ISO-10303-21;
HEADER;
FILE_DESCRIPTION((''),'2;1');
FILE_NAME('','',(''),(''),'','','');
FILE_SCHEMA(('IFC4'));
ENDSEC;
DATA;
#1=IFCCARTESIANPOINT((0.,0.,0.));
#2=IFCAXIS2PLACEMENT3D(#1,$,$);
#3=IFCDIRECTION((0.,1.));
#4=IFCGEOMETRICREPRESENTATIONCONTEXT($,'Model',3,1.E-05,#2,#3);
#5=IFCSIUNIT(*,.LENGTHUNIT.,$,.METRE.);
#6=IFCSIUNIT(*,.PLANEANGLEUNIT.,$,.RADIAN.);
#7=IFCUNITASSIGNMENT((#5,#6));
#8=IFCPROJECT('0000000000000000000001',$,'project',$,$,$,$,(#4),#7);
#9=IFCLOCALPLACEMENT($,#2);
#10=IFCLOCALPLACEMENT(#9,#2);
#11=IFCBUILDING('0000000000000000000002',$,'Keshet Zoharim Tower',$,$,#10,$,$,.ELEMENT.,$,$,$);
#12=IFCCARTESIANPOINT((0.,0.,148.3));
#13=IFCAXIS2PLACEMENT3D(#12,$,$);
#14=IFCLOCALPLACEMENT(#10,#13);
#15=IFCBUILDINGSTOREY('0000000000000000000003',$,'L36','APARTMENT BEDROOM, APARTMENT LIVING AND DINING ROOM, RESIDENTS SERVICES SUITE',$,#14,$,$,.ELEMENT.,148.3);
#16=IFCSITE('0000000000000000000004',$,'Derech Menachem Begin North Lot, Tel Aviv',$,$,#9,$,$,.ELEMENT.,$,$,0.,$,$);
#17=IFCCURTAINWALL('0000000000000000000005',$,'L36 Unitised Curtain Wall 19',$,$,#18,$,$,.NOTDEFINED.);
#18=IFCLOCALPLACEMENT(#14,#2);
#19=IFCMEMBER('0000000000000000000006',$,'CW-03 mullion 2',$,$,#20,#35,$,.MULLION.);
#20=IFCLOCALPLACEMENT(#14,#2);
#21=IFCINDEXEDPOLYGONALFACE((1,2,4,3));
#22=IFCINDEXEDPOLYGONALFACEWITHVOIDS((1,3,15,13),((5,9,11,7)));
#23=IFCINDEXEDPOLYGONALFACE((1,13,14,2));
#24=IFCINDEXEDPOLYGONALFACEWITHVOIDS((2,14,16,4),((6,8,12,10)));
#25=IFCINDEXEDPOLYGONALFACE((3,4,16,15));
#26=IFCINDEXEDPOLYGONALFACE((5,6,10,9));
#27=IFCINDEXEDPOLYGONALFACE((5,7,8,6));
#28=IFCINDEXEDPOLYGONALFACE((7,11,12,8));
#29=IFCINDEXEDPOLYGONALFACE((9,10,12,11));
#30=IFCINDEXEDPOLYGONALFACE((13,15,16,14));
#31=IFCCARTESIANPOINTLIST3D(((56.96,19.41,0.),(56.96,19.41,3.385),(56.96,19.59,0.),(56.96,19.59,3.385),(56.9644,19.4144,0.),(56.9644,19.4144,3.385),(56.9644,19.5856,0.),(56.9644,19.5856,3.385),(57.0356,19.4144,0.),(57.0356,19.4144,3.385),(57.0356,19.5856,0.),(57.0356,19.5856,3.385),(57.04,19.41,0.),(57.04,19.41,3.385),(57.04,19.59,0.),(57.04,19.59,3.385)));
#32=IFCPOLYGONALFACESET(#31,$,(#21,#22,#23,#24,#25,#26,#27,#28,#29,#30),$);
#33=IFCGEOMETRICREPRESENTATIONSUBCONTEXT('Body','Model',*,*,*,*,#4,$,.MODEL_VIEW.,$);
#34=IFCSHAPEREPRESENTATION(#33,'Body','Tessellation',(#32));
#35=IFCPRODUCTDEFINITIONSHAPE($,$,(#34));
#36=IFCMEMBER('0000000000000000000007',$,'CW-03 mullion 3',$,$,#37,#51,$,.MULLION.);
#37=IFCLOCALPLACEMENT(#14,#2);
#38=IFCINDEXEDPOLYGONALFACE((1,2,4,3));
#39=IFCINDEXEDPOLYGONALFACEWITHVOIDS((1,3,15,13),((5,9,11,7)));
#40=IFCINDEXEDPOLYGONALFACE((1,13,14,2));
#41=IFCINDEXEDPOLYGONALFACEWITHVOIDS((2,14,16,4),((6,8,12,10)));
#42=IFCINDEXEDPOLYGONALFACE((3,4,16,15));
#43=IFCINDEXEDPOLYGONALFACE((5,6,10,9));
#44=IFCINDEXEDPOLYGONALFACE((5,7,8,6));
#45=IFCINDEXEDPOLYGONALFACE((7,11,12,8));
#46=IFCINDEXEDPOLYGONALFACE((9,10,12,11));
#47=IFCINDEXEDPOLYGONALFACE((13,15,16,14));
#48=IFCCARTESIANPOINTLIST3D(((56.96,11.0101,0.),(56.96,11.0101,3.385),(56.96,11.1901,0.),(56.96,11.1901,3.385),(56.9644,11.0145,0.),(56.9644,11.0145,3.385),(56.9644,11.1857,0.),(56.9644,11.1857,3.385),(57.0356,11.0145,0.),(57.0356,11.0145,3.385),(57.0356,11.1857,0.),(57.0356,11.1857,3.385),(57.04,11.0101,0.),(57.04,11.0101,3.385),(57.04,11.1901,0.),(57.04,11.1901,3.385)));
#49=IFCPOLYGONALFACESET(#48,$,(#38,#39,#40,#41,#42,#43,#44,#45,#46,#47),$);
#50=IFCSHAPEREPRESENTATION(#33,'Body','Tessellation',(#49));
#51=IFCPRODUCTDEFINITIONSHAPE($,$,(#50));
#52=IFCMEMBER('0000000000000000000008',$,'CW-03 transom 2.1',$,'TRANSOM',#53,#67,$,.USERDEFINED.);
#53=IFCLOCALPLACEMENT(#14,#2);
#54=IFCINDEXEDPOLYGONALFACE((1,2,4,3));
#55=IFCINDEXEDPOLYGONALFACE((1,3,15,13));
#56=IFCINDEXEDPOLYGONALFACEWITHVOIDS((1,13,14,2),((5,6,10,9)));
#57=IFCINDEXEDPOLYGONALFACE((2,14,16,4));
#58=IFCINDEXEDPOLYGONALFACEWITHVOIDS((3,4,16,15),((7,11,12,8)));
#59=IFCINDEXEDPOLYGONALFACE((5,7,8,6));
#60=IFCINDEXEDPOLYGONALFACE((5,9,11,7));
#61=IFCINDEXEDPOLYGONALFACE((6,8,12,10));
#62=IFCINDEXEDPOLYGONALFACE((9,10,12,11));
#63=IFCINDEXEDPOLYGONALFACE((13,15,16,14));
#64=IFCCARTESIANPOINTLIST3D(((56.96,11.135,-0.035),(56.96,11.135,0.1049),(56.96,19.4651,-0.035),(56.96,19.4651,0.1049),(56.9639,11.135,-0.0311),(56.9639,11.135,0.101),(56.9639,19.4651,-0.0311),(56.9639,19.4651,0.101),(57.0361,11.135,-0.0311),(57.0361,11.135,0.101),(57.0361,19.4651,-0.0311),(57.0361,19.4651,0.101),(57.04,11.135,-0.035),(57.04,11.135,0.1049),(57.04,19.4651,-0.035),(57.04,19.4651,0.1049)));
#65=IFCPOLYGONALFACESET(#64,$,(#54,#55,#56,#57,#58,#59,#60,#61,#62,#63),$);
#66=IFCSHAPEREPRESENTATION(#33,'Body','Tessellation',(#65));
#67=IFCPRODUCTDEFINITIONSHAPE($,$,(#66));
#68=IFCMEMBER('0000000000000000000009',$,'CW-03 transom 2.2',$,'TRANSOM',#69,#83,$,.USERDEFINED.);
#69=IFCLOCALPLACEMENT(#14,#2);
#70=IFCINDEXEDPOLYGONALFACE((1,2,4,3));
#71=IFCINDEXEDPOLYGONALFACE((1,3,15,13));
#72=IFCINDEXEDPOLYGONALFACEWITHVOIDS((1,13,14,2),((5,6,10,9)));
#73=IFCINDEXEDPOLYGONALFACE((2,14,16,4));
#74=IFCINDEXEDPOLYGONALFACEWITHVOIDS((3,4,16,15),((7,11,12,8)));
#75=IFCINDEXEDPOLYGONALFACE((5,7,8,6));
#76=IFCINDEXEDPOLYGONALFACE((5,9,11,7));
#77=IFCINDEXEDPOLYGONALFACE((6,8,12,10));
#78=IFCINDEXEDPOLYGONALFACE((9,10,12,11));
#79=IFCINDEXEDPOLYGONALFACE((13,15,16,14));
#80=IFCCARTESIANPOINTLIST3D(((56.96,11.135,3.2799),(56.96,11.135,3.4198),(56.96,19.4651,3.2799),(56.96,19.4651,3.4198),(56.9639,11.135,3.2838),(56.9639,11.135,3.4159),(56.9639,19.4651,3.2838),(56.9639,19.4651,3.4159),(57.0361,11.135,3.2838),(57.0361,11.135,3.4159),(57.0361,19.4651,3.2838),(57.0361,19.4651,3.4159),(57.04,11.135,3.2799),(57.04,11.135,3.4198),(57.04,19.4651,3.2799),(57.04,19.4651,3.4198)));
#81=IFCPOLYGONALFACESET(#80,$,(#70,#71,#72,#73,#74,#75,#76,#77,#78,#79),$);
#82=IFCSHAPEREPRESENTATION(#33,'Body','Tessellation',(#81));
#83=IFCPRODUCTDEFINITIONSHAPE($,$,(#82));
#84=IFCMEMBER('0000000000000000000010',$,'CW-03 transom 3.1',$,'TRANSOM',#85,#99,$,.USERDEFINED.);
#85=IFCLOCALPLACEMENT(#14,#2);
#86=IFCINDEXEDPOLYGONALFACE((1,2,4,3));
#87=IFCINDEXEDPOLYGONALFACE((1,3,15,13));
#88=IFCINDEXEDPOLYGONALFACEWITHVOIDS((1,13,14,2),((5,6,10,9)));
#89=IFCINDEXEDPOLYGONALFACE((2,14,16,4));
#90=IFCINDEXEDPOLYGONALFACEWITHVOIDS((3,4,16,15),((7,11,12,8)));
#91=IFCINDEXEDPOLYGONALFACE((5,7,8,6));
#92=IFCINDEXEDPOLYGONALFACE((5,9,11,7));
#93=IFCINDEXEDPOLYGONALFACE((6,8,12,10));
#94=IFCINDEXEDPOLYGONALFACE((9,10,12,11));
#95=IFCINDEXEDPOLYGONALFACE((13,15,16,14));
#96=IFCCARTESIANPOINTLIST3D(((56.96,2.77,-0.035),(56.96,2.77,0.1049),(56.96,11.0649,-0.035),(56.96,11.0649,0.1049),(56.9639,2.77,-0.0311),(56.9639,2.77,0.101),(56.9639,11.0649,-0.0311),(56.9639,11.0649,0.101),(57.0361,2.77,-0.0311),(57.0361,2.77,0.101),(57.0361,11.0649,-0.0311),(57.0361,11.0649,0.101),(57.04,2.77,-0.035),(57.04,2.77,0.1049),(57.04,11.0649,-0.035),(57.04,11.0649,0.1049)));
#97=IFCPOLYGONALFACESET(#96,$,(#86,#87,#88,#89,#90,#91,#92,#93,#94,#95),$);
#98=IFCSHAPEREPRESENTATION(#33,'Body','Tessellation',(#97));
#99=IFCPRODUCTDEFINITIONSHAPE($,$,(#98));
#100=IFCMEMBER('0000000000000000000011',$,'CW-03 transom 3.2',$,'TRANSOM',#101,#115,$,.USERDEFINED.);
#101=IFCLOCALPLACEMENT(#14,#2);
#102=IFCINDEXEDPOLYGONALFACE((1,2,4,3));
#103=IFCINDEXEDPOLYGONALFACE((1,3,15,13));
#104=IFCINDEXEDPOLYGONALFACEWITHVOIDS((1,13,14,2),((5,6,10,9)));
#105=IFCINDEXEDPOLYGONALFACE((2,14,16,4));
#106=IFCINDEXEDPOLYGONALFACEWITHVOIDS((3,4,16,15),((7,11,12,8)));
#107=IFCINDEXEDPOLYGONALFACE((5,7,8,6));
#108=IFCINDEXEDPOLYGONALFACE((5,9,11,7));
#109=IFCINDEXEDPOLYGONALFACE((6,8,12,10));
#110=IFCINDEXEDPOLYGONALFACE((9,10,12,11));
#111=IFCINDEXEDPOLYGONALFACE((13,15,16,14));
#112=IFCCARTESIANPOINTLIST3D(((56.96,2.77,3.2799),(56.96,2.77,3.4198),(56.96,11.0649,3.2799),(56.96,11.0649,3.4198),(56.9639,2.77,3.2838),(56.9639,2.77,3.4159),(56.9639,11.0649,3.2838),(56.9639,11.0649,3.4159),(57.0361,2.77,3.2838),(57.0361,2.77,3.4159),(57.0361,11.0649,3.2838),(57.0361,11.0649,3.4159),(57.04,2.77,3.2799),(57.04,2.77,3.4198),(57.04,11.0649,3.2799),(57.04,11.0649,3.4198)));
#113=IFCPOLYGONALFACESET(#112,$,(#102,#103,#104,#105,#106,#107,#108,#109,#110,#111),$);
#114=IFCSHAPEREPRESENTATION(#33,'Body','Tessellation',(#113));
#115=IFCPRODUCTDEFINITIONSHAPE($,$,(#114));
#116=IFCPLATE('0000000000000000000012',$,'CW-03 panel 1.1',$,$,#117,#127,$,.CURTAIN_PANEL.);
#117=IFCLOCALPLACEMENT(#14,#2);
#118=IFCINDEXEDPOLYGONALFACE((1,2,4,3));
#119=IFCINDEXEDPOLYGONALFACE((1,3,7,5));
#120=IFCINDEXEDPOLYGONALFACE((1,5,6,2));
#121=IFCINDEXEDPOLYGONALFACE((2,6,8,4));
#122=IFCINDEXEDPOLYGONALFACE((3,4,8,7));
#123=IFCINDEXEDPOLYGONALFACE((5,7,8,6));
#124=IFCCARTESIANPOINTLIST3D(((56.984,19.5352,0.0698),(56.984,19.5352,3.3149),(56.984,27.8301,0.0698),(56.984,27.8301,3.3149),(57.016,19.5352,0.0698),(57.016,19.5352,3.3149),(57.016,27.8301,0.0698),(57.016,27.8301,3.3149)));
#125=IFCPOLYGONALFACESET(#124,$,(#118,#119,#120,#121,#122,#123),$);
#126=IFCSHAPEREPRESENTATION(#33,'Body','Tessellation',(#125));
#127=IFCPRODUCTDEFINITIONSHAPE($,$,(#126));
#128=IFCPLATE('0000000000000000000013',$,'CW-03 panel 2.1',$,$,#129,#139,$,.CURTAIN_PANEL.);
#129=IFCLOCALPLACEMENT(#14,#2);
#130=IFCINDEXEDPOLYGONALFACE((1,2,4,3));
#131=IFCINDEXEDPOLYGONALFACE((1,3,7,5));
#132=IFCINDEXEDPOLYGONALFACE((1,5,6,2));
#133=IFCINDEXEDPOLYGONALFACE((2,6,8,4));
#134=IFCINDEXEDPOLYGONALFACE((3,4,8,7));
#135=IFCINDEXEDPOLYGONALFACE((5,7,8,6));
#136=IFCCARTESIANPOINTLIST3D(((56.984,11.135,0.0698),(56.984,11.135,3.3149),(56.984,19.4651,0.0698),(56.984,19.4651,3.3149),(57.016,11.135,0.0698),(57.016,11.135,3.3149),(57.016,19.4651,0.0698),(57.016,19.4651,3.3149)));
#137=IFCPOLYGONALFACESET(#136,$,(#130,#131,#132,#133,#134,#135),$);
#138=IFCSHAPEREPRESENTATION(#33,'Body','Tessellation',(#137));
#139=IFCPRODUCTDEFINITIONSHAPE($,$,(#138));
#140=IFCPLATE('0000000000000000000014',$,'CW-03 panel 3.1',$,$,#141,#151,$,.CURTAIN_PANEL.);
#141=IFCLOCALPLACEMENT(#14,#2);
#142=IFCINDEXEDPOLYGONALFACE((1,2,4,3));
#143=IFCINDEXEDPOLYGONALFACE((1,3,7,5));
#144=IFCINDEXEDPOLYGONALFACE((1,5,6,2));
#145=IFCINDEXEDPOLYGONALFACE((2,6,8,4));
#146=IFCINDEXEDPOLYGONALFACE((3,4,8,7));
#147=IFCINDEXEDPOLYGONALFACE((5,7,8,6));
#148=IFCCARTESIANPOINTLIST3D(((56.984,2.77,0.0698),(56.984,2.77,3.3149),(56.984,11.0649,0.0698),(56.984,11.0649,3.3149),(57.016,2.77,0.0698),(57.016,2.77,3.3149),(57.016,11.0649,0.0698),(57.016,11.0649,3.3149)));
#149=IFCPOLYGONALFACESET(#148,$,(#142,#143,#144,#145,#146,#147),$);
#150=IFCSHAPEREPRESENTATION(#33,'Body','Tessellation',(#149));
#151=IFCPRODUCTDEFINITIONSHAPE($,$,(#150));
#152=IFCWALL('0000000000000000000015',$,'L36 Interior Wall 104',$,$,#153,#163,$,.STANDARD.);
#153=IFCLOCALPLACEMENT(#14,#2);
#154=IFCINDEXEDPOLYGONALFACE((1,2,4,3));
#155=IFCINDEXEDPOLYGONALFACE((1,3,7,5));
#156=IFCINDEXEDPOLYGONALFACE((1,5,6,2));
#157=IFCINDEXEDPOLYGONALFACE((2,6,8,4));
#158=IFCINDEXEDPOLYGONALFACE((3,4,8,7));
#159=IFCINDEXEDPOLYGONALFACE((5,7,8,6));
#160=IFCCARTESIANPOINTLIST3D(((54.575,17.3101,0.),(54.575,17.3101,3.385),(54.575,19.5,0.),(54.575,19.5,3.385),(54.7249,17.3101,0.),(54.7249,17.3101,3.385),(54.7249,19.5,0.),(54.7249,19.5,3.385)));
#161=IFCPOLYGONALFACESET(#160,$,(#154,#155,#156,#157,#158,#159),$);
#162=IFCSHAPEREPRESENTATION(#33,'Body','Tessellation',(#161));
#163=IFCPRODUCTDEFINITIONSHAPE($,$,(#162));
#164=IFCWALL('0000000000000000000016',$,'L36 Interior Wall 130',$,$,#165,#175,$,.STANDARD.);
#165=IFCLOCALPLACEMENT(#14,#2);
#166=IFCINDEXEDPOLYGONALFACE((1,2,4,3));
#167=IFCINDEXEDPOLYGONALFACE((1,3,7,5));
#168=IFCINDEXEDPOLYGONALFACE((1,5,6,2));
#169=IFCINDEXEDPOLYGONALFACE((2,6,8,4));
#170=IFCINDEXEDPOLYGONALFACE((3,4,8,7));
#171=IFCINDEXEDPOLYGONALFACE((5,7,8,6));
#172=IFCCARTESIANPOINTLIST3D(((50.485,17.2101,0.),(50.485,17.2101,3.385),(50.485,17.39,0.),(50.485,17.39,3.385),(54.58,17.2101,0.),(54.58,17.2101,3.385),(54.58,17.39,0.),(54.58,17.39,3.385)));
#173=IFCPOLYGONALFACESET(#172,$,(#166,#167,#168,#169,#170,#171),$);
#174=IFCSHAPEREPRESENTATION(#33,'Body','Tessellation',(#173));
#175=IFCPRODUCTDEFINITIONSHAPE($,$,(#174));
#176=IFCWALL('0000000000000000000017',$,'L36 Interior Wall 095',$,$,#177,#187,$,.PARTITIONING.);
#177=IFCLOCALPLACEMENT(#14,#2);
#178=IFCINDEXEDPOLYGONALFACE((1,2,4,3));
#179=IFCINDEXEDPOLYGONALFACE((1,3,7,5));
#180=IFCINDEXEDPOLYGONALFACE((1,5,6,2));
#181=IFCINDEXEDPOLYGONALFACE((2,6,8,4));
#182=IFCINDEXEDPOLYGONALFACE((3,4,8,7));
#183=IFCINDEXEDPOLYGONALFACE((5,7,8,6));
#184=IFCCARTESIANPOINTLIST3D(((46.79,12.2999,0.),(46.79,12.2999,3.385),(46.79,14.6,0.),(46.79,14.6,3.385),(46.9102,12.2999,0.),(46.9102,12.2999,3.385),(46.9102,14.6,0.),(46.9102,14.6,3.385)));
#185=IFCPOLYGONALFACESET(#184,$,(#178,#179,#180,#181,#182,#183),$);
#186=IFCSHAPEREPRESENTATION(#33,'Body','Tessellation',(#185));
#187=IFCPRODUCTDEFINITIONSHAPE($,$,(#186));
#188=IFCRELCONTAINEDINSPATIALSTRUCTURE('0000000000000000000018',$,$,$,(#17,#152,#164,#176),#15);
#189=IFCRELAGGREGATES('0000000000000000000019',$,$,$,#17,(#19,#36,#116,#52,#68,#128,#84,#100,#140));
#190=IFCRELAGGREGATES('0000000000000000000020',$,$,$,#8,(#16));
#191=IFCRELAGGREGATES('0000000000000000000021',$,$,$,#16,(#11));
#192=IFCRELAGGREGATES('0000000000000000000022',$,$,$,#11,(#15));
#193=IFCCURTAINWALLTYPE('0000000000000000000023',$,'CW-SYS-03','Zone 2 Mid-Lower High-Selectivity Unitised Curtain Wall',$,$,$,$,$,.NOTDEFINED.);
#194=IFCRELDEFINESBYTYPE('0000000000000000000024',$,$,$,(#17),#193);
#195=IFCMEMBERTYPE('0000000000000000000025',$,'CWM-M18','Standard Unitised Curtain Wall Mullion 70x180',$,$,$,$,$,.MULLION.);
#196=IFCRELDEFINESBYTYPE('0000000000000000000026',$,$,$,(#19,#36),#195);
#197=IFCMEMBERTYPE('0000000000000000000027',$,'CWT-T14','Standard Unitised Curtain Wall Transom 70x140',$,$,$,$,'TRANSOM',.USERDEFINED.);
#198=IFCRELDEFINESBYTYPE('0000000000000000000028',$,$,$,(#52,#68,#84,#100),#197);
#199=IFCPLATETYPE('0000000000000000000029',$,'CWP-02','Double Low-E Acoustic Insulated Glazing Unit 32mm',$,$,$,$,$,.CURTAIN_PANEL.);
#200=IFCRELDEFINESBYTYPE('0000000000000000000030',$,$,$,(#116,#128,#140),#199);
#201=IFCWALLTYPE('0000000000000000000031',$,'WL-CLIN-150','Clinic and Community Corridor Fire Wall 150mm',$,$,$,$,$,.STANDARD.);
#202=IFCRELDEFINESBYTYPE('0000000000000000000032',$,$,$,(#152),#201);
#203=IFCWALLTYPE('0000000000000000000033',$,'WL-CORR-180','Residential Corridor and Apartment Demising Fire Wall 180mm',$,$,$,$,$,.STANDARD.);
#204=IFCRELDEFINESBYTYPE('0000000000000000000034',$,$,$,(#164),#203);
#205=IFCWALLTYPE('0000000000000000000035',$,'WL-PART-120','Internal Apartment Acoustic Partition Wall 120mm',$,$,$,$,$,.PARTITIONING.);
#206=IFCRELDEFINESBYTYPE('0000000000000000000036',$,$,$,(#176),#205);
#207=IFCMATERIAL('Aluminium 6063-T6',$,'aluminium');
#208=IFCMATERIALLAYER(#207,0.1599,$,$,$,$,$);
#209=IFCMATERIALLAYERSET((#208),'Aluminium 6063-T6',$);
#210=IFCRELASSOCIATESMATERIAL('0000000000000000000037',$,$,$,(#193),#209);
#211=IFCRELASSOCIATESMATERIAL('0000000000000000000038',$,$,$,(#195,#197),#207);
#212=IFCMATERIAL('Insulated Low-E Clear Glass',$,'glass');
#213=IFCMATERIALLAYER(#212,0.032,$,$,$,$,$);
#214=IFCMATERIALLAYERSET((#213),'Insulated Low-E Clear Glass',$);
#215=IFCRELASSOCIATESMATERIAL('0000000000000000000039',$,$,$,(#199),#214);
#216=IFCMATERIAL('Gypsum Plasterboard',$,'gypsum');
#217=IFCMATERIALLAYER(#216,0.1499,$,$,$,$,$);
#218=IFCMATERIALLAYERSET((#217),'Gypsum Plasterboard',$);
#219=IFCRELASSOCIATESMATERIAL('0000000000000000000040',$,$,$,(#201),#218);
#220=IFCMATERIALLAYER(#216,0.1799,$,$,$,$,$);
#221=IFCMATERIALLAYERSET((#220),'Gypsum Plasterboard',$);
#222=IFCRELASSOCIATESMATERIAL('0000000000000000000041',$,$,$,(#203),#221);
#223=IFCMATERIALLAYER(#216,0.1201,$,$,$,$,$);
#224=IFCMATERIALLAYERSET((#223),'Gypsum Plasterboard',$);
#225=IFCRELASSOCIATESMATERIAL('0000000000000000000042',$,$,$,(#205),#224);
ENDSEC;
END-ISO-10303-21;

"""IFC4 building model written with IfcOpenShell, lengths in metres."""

from ifc_helpers import new_model, si_unit, direction, frame, frame_2d, origin, origin_2d, place, context, subcontext, project, spatial, rectangle, hollow_rectangle, extrude, material, layer, layer_set, material_profile, profile_set, type_object, element, aggregate, save


model = new_model("IFC4")

# Units and contexts
model_context = context("Model", 3, precision=1e-05, world=origin(), true_north=direction((0.0, 1.0)))
body_context = subcontext(model_context, "Body", "Model", "MODEL_VIEW")
ifc_project = project(units=[si_unit("LENGTHUNIT", "METRE"), si_unit("PLANEANGLEUNIT", "RADIAN")], contexts=[model_context])

# Site, building, storey
site_placement = place(None, origin())
site = spatial("IfcSite", under=ifc_project, at=site_placement, Name="Derech Menachem Begin North Lot, Tel Aviv", CompositionType="ELEMENT", RefElevation=0.0)
building_placement = place(site_placement, origin())
building = spatial("IfcBuilding", under=site, at=building_placement, Name="Keshet Zoharim Tower", CompositionType="ELEMENT")
storey_placement = place(building_placement, frame((0.0, 0.0, 148.3)))
storey = spatial("IfcBuildingStorey", under=building, at=storey_placement, Name="L36", Description="APARTMENT BEDROOM, APARTMENT LIVING AND DINING ROOM, RESIDENTS SERVICES SUITE", CompositionType="ELEMENT", Elevation=148.3)

# Curtain wall, members, plates
ifc_material_1 = material(Name="Aluminium 6063-T6", Category="aluminium")
ifc_layer_1 = layer(ifc_material_1, 0.1599)
ifc_layer_set_1 = layer_set([ifc_layer_1], Name="Aluminium 6063-T6")
curtain_wall_type = type_object("IfcCurtainWallType", Name="CW-SYS-03", Description="Zone 2 Mid-Lower High-Selectivity Unitised Curtain Wall", PredefinedType="NOTDEFINED", material=ifc_layer_set_1)
curtain_wall_placement = place(storey_placement, origin())
curtain_wall = element("IfcCurtainWall", 1, at=curtain_wall_placement, inside=storey, type_object=curtain_wall_type, Name="L36 Unitised Curtain Wall 19", PredefinedType="NOTDEFINED")
ifc_material_profile_1 = material_profile(ifc_material_1, hollow_rectangle(XDim=0.0801, YDim=0.1799, WallThickness=0.0044, at=origin_2d()), Name="MUL-80x180")
ifc_profile_set_1 = profile_set([ifc_material_profile_1], Name="Aluminium 6063-T6")
member_type_1 = type_object("IfcMemberType", Name="CWM-M18", Description="Standard Unitised Curtain Wall Mullion 70x180", PredefinedType="MULLION", material=ifc_profile_set_1)
member_1_placement = place(storey_placement, frame((57.0, 19.5, 0.0), z_axis=(0.0, 0.0, 1.0), x_axis=(1.0, 0.0, 0.0)))
member_1 = element("IfcMember", 2, at=member_1_placement, type_object=member_type_1, Name="CW-03 mullion 2", PredefinedType="MULLION", context=body_context, shape_type="SweptSolid", body=[
    extrude(hollow_rectangle(XDim=0.0801, YDim=0.1799, WallThickness=0.0044, at=origin_2d()), origin(), (0.0, 0.0, 1.0), 3.385),
])
member_2_placement = place(storey_placement, frame((57.0, 11.1001, 0.0), z_axis=(0.0, 0.0, 1.0), x_axis=(1.0, 0.0, 0.0)))
member_2 = element("IfcMember", 3, at=member_2_placement, type_object=member_type_1, Name="CW-03 mullion 3", PredefinedType="MULLION", context=body_context, shape_type="SweptSolid", body=[
    extrude(hollow_rectangle(XDim=0.0801, YDim=0.1799, WallThickness=0.0044, at=origin_2d()), origin(), (0.0, 0.0, 1.0), 3.385),
])
ifc_material_profile_2 = material_profile(ifc_material_1, hollow_rectangle(XDim=0.0801, YDim=0.1399, WallThickness=0.0039, at=origin_2d()), Name="TRN-80x140")
ifc_profile_set_2 = profile_set([ifc_material_profile_2], Name="Aluminium 6063-T6")
member_type_2 = type_object("IfcMemberType", Name="CWT-T14", Description="Standard Unitised Curtain Wall Transom 70x140", ElementType="TRANSOM", PredefinedType="USERDEFINED", material=ifc_profile_set_2)
member_3_placement = place(storey_placement, frame((57.0, 19.4651, 0.0349), z_axis=(0.0, -1.0, 0.0), x_axis=(1.0, 0.0, 0.0)))
member_3 = element("IfcMember", 4, at=member_3_placement, type_object=member_type_2, Name="CW-03 transom 2.1", ObjectType="TRANSOM", PredefinedType="USERDEFINED", context=body_context, shape_type="SweptSolid", body=[
    extrude(hollow_rectangle(XDim=0.0801, YDim=0.1399, WallThickness=0.0039, at=origin_2d()), origin(), (0.0, 0.0, 1.0), 8.3301),
])
member_4_placement = place(storey_placement, frame((57.0, 19.4651, 3.3499), z_axis=(0.0, -1.0, 0.0), x_axis=(1.0, 0.0, 0.0)))
member_4 = element("IfcMember", 5, at=member_4_placement, type_object=member_type_2, Name="CW-03 transom 2.2", ObjectType="TRANSOM", PredefinedType="USERDEFINED", context=body_context, shape_type="SweptSolid", body=[
    extrude(hollow_rectangle(XDim=0.0801, YDim=0.1399, WallThickness=0.0039, at=origin_2d()), origin(), (0.0, 0.0, 1.0), 8.3301),
])
member_5_placement = place(storey_placement, frame((57.0, 11.0649, 0.0349), z_axis=(0.0, -1.0, 0.0), x_axis=(1.0, 0.0, 0.0)))
member_5 = element("IfcMember", 6, at=member_5_placement, type_object=member_type_2, Name="CW-03 transom 3.1", ObjectType="TRANSOM", PredefinedType="USERDEFINED", context=body_context, shape_type="SweptSolid", body=[
    extrude(hollow_rectangle(XDim=0.0801, YDim=0.1399, WallThickness=0.0039, at=origin_2d()), origin(), (0.0, 0.0, 1.0), 8.2949),
])
member_6_placement = place(storey_placement, frame((57.0, 11.0649, 3.3499), z_axis=(0.0, -1.0, 0.0), x_axis=(1.0, 0.0, 0.0)))
member_6 = element("IfcMember", 7, at=member_6_placement, type_object=member_type_2, Name="CW-03 transom 3.2", ObjectType="TRANSOM", PredefinedType="USERDEFINED", context=body_context, shape_type="SweptSolid", body=[
    extrude(hollow_rectangle(XDim=0.0801, YDim=0.1399, WallThickness=0.0039, at=origin_2d()), origin(), (0.0, 0.0, 1.0), 8.2949),
])
ifc_material_2 = material(Name="Insulated Low-E Clear Glass", Category="glass")
ifc_layer_2 = layer(ifc_material_2, 0.032)
ifc_layer_set_2 = layer_set([ifc_layer_2], Name="Insulated Low-E Clear Glass")
plate_type = type_object("IfcPlateType", Name="CWP-02", Description="Double Low-E Acoustic Insulated Glazing Unit 32mm", PredefinedType="CURTAIN_PANEL", material=ifc_layer_set_2)
plate_1_placement = place(storey_placement, frame((57.0, 23.6826, 0.0698), z_axis=(0.0, 0.0, 1.0), x_axis=(0.0, -1.0, 0.0)))
plate_1 = element("IfcPlate", 8, at=plate_1_placement, type_object=plate_type, Name="CW-03 panel 1.1", PredefinedType="CURTAIN_PANEL", context=body_context, shape_type="SweptSolid", body=[
    extrude(rectangle(XDim=8.2949, YDim=0.032, at=origin_2d()), origin(), (0.0, 0.0, 1.0), 3.2451),
])
plate_2_placement = place(storey_placement, frame((57.0, 15.3, 0.0698), z_axis=(0.0, 0.0, 1.0), x_axis=(0.0, -1.0, 0.0)))
plate_2 = element("IfcPlate", 9, at=plate_2_placement, type_object=plate_type, Name="CW-03 panel 2.1", PredefinedType="CURTAIN_PANEL", context=body_context, shape_type="SweptSolid", body=[
    extrude(rectangle(XDim=8.3301, YDim=0.032, at=origin_2d()), origin(), (0.0, 0.0, 1.0), 3.2451),
])
plate_3_placement = place(storey_placement, frame((57.0, 6.9175, 0.0698), z_axis=(0.0, 0.0, 1.0), x_axis=(0.0, -1.0, 0.0)))
plate_3 = element("IfcPlate", 10, at=plate_3_placement, type_object=plate_type, Name="CW-03 panel 3.1", PredefinedType="CURTAIN_PANEL", context=body_context, shape_type="SweptSolid", body=[
    extrude(rectangle(XDim=8.2949, YDim=0.032, at=origin_2d()), origin(), (0.0, 0.0, 1.0), 3.2451),
])
aggregate(curtain_wall, [member_1, member_2, plate_1, member_3, member_4, plate_2, member_5, member_6, plate_3])

# Wall
ifc_material_3 = material(Name="Gypsum Plasterboard", Category="gypsum")
ifc_layer_3 = layer(ifc_material_3, 0.1499)
ifc_layer_set_3 = layer_set([ifc_layer_3], Name="Gypsum Plasterboard")
wall_type_1 = type_object("IfcWallType", Name="WL-CLIN-150", Description="Clinic and Community Corridor Fire Wall 150mm", PredefinedType="STANDARD", material=ifc_layer_set_3)
wall_1_placement = place(storey_placement, frame((54.6499, 17.3101, 0.0), z_axis=(0.0, 0.0, 1.0), x_axis=(0.0, 1.0, 0.0)))
element("IfcWall", 11, at=wall_1_placement, inside=storey, type_object=wall_type_1, Name="L36 Interior Wall 104", PredefinedType="STANDARD", context=body_context, shape_type="SweptSolid", body=[
    extrude(rectangle(XDim=2.1899, YDim=0.1499, at=frame_2d((1.095, 0.0))), origin(), (0.0, 0.0, 1.0), 3.385),
])

# Shared definitions
ifc_layer_4 = layer(ifc_material_3, 0.1799)
ifc_layer_set_4 = layer_set([ifc_layer_4], Name="Gypsum Plasterboard")
wall_type_2 = type_object("IfcWallType", Name="WL-CORR-180", Description="Residential Corridor and Apartment Demising Fire Wall 180mm", PredefinedType="STANDARD", material=ifc_layer_set_4)

# Walls
wall_2_placement = place(storey_placement, frame((50.4851, 17.3, 0.0), z_axis=(0.0, 0.0, 1.0), x_axis=(1.0, 0.0, 0.0)))
element("IfcWall", 12, at=wall_2_placement, inside=storey, type_object=wall_type_2, Name="L36 Interior Wall 130", PredefinedType="STANDARD", context=body_context, shape_type="SweptSolid", body=[
    extrude(rectangle(XDim=4.095, YDim=0.1799, at=frame_2d((2.0474, 0.0))), origin(), (0.0, 0.0, 1.0), 3.385),
])
ifc_layer_5 = layer(ifc_material_3, 0.1201)
ifc_layer_set_5 = layer_set([ifc_layer_5], Name="Gypsum Plasterboard")
wall_type_3 = type_object("IfcWallType", Name="WL-PART-120", Description="Internal Apartment Acoustic Partition Wall 120mm", PredefinedType="PARTITIONING", material=ifc_layer_set_5)
wall_3_placement = place(storey_placement, frame((46.8501, 12.3, 0.0), z_axis=(0.0, 0.0, 1.0), x_axis=(0.0, 1.0, 0.0)))
element("IfcWall", 13, at=wall_3_placement, inside=storey, type_object=wall_type_3, Name="L36 Interior Wall 095", PredefinedType="PARTITIONING", context=body_context, shape_type="SweptSolid", body=[
    extrude(rectangle(XDim=2.3, YDim=0.1201, at=frame_2d((1.1499, 0.0))), origin(), (0.0, 0.0, 1.0), 3.385),
])

save(model, "model.ifc")
